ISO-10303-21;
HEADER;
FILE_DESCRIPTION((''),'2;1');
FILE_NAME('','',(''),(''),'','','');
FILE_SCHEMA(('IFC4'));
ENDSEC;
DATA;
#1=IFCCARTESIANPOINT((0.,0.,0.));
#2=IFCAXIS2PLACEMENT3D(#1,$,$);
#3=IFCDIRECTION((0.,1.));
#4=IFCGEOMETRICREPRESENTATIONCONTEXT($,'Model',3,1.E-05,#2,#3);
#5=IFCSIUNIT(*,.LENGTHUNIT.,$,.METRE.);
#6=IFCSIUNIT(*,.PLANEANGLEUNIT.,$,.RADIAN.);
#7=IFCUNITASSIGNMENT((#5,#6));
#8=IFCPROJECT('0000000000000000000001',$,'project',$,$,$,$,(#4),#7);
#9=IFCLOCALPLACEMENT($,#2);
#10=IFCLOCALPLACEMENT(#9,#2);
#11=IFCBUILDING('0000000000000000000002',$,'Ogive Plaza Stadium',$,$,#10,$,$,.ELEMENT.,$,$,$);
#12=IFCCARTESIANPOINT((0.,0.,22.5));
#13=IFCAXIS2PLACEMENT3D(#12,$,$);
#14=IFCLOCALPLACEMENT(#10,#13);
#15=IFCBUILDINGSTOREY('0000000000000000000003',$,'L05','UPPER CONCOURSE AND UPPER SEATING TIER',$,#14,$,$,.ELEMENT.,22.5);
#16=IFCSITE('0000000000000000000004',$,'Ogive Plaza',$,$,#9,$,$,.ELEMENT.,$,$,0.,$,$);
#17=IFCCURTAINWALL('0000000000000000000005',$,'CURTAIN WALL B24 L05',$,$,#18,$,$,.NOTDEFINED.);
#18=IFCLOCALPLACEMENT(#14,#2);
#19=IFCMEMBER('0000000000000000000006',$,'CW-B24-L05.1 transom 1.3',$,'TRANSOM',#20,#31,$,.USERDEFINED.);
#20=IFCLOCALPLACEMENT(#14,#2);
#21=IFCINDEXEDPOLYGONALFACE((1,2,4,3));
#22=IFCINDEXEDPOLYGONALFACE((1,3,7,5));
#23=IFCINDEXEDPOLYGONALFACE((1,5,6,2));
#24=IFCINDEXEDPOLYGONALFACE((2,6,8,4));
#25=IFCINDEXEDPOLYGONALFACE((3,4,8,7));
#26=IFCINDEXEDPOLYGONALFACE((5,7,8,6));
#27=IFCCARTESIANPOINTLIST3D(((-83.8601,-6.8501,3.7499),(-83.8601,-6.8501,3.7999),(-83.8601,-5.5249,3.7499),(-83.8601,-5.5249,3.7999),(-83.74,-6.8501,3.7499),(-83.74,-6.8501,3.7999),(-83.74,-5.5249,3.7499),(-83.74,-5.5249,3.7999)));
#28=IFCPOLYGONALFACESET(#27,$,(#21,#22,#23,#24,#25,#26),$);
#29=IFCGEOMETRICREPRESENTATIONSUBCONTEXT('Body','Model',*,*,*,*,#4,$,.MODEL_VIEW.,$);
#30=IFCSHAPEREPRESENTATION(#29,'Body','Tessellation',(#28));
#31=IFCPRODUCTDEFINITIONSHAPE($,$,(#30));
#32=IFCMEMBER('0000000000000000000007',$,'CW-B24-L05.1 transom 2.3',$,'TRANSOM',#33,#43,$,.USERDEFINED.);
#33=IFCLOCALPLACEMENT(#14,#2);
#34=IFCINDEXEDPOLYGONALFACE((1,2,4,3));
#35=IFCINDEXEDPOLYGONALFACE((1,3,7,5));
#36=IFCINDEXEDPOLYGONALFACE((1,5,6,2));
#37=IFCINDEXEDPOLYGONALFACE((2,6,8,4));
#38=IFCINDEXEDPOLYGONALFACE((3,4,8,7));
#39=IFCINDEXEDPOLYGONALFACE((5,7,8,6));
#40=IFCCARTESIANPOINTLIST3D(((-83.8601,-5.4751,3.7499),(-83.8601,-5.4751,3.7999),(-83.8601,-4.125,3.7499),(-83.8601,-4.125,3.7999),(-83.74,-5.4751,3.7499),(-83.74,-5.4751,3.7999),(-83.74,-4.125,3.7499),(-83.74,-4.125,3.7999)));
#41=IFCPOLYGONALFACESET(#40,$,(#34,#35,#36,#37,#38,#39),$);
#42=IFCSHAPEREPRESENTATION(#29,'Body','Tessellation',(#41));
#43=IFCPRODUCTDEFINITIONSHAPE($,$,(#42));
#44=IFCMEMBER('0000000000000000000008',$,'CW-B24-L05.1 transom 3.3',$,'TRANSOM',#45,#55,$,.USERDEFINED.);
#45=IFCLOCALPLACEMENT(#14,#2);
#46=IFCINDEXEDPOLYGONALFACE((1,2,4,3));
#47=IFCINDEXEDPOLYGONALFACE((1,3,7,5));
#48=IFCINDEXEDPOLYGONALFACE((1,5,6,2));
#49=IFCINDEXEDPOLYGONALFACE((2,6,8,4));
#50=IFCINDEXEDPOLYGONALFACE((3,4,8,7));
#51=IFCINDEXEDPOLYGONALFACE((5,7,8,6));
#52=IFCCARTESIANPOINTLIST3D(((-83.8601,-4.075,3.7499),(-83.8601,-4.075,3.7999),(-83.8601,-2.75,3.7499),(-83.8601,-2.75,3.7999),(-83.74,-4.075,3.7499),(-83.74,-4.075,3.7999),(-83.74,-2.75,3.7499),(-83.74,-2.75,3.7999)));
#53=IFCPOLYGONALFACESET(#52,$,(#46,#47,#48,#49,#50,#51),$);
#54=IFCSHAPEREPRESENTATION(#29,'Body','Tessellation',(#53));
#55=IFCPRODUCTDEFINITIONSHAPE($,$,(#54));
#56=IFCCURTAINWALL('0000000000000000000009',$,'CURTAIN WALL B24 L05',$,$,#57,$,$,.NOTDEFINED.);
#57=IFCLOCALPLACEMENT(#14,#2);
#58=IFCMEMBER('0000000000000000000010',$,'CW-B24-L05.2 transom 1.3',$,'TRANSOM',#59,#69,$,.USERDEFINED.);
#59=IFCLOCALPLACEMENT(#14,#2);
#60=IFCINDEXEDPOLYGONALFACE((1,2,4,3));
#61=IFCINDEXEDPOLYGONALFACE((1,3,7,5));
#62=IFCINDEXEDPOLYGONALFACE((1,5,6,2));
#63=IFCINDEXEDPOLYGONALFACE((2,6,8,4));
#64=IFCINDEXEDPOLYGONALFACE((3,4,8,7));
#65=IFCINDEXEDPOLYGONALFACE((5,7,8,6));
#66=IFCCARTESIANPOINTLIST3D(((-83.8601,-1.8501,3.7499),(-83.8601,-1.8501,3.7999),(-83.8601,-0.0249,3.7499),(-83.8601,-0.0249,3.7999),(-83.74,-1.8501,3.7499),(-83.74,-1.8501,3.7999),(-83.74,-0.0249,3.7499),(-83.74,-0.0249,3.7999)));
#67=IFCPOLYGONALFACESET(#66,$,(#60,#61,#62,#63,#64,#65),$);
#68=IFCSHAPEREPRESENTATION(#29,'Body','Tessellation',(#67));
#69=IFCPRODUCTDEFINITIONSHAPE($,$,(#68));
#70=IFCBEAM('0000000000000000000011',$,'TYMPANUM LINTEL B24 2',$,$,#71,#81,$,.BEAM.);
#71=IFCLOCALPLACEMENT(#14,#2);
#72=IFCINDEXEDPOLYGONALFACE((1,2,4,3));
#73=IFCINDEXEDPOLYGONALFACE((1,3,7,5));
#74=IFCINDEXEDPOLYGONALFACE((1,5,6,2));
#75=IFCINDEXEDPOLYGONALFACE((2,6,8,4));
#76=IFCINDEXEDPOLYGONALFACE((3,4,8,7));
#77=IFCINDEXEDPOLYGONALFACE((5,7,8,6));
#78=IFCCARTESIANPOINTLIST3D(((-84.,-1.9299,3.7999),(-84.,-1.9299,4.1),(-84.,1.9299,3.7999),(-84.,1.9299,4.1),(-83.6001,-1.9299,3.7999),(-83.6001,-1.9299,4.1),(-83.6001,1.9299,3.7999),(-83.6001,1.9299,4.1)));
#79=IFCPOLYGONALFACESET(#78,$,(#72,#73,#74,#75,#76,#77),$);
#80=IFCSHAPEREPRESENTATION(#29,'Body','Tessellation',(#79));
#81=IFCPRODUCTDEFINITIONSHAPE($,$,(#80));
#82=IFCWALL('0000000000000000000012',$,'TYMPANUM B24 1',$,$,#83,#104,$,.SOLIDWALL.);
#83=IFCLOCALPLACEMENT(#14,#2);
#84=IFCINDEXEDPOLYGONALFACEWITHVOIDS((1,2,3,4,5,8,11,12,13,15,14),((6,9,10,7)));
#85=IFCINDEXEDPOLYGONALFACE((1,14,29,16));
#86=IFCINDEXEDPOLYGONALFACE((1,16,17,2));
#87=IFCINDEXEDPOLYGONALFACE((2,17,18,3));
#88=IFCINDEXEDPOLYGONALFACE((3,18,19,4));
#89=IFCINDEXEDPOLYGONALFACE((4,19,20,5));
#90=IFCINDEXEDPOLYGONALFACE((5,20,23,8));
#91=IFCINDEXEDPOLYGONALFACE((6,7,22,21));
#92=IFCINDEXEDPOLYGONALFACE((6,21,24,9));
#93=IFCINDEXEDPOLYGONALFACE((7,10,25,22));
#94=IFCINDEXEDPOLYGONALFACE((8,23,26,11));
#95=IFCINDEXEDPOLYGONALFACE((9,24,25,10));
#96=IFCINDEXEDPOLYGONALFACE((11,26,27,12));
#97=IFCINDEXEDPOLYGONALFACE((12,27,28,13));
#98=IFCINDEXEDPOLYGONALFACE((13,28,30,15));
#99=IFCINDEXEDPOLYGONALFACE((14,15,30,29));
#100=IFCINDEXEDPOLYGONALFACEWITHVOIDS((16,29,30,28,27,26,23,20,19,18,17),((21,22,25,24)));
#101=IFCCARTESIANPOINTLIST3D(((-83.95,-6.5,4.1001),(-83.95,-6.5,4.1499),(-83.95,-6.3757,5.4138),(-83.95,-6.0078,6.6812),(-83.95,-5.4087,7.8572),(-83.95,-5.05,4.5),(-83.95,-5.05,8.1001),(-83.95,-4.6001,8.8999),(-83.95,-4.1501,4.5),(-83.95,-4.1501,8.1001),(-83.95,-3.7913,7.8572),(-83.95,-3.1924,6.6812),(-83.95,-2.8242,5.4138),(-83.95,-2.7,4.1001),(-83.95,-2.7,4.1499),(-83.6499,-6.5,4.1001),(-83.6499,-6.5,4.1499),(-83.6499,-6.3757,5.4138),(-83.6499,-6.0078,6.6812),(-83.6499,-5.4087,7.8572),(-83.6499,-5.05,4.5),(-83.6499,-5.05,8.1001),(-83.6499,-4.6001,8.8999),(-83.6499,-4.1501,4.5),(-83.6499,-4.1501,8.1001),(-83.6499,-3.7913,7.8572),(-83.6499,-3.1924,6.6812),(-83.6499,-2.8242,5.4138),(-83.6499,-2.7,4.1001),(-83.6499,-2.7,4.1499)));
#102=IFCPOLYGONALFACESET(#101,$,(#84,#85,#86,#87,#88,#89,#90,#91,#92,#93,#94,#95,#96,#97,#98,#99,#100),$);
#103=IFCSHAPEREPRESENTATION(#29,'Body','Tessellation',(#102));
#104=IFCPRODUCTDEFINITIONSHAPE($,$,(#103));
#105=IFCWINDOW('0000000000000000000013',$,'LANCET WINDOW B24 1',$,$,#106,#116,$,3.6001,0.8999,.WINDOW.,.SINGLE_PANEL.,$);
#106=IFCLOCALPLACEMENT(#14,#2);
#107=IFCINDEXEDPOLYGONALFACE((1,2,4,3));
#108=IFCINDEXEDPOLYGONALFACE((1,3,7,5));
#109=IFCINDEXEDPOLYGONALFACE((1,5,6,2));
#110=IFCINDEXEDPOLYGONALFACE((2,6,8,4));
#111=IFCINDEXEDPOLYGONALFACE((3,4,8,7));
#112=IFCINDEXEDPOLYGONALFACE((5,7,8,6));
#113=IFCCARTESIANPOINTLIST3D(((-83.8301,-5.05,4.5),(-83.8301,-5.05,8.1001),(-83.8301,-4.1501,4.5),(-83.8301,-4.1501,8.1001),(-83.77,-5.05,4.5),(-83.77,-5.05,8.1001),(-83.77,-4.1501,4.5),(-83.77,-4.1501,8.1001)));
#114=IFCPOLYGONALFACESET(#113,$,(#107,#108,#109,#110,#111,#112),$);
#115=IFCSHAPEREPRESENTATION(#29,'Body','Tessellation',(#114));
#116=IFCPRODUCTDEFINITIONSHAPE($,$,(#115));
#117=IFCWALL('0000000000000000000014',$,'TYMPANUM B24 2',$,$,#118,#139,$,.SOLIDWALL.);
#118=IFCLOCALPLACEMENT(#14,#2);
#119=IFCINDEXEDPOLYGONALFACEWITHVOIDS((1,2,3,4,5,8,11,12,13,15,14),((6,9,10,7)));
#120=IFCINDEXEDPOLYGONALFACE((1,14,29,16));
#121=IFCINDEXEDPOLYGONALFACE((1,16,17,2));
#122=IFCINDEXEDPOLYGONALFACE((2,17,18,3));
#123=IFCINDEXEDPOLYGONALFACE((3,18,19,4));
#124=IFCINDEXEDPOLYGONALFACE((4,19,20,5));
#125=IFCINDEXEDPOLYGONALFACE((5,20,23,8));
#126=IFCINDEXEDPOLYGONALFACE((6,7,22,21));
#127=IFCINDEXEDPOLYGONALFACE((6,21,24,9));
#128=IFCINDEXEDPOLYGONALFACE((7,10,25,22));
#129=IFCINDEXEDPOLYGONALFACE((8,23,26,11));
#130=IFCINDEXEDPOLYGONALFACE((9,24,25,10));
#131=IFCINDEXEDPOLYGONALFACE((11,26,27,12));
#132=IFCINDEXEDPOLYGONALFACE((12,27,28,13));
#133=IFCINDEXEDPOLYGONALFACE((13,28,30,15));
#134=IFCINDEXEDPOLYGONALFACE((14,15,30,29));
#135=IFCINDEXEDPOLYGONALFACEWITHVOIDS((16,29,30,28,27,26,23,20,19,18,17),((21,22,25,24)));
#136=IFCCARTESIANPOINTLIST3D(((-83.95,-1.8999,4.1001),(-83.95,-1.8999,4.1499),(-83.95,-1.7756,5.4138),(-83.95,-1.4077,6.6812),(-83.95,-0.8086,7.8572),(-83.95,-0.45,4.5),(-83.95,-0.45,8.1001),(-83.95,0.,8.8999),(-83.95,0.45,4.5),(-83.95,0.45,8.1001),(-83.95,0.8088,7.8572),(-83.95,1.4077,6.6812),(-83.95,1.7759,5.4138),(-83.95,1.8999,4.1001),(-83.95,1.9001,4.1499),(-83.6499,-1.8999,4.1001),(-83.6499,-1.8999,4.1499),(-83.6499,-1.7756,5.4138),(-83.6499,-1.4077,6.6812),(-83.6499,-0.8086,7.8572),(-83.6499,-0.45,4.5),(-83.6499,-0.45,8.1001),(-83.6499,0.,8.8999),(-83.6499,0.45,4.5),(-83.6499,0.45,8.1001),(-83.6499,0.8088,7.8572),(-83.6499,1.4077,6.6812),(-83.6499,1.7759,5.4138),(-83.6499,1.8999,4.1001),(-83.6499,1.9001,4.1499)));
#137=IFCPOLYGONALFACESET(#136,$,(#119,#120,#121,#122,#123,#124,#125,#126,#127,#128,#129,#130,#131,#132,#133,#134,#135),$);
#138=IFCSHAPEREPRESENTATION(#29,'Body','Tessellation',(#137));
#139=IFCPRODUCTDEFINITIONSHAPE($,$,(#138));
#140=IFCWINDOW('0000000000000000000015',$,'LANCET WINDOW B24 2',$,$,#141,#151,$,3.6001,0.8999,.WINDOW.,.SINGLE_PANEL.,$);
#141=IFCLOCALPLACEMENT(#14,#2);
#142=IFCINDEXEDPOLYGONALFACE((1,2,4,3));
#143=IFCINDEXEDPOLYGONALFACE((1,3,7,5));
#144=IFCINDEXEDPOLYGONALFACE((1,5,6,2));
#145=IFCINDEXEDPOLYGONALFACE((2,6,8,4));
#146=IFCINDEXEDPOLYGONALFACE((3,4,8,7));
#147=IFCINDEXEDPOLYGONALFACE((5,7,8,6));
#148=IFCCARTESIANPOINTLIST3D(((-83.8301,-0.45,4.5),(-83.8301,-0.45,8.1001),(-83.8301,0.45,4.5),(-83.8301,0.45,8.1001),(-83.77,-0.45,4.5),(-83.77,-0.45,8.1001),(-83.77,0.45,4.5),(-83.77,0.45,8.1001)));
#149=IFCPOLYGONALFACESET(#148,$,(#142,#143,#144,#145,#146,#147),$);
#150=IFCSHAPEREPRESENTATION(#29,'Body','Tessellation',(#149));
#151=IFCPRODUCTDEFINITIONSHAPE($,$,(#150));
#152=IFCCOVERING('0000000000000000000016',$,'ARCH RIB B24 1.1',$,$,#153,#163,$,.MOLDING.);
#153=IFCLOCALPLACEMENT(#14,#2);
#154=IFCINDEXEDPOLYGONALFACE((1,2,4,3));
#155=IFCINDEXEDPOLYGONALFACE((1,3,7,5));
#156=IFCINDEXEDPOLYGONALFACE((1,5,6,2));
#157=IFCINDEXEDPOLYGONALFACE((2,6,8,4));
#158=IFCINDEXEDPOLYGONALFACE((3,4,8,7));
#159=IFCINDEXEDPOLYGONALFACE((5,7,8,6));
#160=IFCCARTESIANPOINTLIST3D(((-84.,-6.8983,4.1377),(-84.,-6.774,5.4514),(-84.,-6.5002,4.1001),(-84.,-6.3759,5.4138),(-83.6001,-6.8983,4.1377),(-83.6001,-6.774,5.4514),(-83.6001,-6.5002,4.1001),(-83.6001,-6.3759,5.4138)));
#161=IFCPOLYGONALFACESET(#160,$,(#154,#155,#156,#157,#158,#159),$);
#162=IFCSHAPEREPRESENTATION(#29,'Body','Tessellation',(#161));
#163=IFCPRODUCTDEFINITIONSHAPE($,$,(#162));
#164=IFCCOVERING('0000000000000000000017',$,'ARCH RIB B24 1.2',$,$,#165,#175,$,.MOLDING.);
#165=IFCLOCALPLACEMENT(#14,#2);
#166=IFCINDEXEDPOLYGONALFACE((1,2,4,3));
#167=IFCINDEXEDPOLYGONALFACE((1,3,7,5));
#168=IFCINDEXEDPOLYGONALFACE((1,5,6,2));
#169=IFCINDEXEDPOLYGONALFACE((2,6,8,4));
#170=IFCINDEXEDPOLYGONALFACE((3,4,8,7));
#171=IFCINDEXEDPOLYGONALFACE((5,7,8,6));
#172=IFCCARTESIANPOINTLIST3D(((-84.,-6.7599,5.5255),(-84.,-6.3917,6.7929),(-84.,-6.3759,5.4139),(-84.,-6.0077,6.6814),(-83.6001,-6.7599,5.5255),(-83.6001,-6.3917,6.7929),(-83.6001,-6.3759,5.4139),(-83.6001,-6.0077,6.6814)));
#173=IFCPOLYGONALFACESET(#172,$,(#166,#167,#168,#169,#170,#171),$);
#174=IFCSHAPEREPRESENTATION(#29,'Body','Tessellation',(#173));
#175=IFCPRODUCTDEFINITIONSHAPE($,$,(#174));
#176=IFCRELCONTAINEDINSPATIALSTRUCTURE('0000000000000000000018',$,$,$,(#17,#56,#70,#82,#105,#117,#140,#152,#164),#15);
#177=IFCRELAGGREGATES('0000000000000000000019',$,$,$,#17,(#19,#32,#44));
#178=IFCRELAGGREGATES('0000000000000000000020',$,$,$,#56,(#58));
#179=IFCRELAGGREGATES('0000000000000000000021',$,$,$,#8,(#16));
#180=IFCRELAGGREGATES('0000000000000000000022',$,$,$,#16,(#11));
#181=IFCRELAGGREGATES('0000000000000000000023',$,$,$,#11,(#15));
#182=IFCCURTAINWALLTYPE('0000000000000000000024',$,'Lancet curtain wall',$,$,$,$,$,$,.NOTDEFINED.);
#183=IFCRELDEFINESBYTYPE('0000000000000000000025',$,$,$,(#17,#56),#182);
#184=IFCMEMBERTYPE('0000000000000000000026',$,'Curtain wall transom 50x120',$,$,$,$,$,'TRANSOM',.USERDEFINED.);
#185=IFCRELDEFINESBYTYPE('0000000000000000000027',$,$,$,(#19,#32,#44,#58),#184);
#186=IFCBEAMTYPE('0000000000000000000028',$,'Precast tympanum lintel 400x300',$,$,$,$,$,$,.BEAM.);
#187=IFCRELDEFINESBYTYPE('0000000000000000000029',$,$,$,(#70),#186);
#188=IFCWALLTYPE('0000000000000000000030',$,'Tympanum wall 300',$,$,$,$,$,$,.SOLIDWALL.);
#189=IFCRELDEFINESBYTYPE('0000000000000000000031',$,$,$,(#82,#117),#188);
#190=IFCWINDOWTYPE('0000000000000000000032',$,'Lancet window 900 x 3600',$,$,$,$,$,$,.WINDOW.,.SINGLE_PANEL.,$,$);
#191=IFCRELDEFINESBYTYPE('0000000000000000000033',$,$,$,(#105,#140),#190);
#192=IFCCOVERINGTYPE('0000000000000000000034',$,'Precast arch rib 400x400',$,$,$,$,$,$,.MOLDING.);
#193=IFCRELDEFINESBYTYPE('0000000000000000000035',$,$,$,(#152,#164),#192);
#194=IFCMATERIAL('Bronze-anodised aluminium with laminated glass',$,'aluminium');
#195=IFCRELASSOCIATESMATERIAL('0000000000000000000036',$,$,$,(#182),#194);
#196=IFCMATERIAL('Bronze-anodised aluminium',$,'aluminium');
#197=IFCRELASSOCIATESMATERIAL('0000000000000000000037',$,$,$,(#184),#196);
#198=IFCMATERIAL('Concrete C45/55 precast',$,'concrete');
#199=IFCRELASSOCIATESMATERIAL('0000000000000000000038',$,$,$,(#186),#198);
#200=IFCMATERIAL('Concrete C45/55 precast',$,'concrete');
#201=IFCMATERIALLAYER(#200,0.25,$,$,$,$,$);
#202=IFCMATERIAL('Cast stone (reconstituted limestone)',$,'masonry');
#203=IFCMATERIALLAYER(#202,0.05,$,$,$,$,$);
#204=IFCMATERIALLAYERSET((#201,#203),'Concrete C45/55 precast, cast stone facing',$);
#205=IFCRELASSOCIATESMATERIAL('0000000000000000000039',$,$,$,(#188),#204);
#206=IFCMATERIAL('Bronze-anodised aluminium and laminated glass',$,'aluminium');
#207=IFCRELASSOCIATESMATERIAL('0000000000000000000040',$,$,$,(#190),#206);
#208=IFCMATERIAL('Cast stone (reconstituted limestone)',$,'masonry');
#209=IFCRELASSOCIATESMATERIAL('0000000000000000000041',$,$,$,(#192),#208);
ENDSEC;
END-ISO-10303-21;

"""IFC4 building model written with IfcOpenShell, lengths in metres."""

from ifc_helpers import new_model, si_unit, direction, frame, frame_2d, origin, origin_2d, place, context, subcontext, project, spatial, polyline, rectangle, outline, extrude, material, layer, layer_set, material_profile, profile_set, type_object, element, fill, aggregate, save


model = new_model("IFC4")

# Units and contexts
model_context = context("Model", 3, precision=1e-05, world=origin(), true_north=direction((0.0, 1.0)))
body_context = subcontext(model_context, "Body", "Model", "MODEL_VIEW")
ifc_project = project(units=[si_unit("LENGTHUNIT", "METRE"), si_unit("PLANEANGLEUNIT", "RADIAN")], contexts=[model_context])

# Site, building, storey
site_placement = place(None, origin())
site = spatial("IfcSite", under=ifc_project, at=site_placement, Name="Ogive Plaza", CompositionType="ELEMENT", RefElevation=0.0)
building_placement = place(site_placement, origin())
building = spatial("IfcBuilding", under=site, at=building_placement, Name="Ogive Plaza Stadium", CompositionType="ELEMENT")
storey_placement = place(building_placement, frame((0.0, 0.0, 22.5)))
storey = spatial("IfcBuildingStorey", under=building, at=storey_placement, Name="L05", Description="UPPER CONCOURSE AND UPPER SEATING TIER", CompositionType="ELEMENT", Elevation=22.5)

# Curtain wall, members
ifc_material_1 = material(Name="Bronze-anodised aluminium with laminated glass", Category="aluminium")
curtain_wall_type = type_object("IfcCurtainWallType", Name="Lancet curtain wall", PredefinedType="NOTDEFINED", material=ifc_material_1)
curtain_wall_1_placement = place(storey_placement, origin())
curtain_wall_1 = element("IfcCurtainWall", 1, at=curtain_wall_1_placement, inside=storey, type_object=curtain_wall_type, Name="CURTAIN WALL B24 L05", PredefinedType="NOTDEFINED")
ifc_material_2 = material(Name="Bronze-anodised aluminium", Category="aluminium")
ifc_material_profile_1 = material_profile(ifc_material_2, rectangle(XDim=0.1201, YDim=0.05, at=origin_2d()), Name="AL 120x50")
ifc_profile_set_1 = profile_set([ifc_material_profile_1], Name="Bronze-anodised aluminium")
member_type = type_object("IfcMemberType", Name="Curtain wall transom 50x120", ElementType="TRANSOM", PredefinedType="USERDEFINED", material=ifc_profile_set_1)
member_1_placement = place(storey_placement, frame((-83.8, -6.8501, 3.7749), z_axis=(0.0, 1.0, 0.0), x_axis=(-1.0, 0.0, 0.0)))
member_1 = element("IfcMember", 2, at=member_1_placement, type_object=member_type, Name="CW-B24-L05.1 transom 1.3", ObjectType="TRANSOM", PredefinedType="USERDEFINED", context=body_context, shape_type="SweptSolid", body=[
    extrude(rectangle(XDim=0.1201, YDim=0.05, at=origin_2d()), origin(), (0.0, 0.0, 1.0), 1.3252),
])
member_2_placement = place(storey_placement, frame((-83.8, -5.4751, 3.7749), z_axis=(0.0, 1.0, 0.0), x_axis=(-1.0, 0.0, 0.0)))
member_2 = element("IfcMember", 3, at=member_2_placement, type_object=member_type, Name="CW-B24-L05.1 transom 2.3", ObjectType="TRANSOM", PredefinedType="USERDEFINED", context=body_context, shape_type="SweptSolid", body=[
    extrude(rectangle(XDim=0.1201, YDim=0.05, at=origin_2d()), origin(), (0.0, 0.0, 1.0), 1.3501),
])
member_3_placement = place(storey_placement, frame((-83.8, -4.075, 3.7749), z_axis=(0.0, 1.0, 0.0), x_axis=(-1.0, 0.0, 0.0)))
member_3 = element("IfcMember", 4, at=member_3_placement, type_object=member_type, Name="CW-B24-L05.1 transom 3.3", ObjectType="TRANSOM", PredefinedType="USERDEFINED", context=body_context, shape_type="SweptSolid", body=[
    extrude(rectangle(XDim=0.1201, YDim=0.05, at=origin_2d()), origin(), (0.0, 0.0, 1.0), 1.325),
])
aggregate(curtain_wall_1, [member_1, member_2, member_3])

# Curtain wall, member
curtain_wall_2_placement = place(storey_placement, origin())
curtain_wall_2 = element("IfcCurtainWall", 5, at=curtain_wall_2_placement, inside=storey, type_object=curtain_wall_type, Name="CURTAIN WALL B24 L05", PredefinedType="NOTDEFINED")
member_4_placement = place(storey_placement, frame((-83.8, -1.8501, 3.7749), z_axis=(0.0, 1.0, 0.0), x_axis=(-1.0, 0.0, 0.0)))
member_4 = element("IfcMember", 6, at=member_4_placement, type_object=member_type, Name="CW-B24-L05.2 transom 1.3", ObjectType="TRANSOM", PredefinedType="USERDEFINED", context=body_context, shape_type="SweptSolid", body=[
    extrude(rectangle(XDim=0.1201, YDim=0.05, at=origin_2d()), origin(), (0.0, 0.0, 1.0), 1.8252),
])
aggregate(curtain_wall_2, [member_4])

# Beam
ifc_material_3 = material(Name="Concrete C45/55 precast", Category="concrete")
ifc_material_profile_2 = material_profile(ifc_material_3, rectangle(XDim=0.3999, YDim=0.3, at=origin_2d()), Name="RC 400x300")
ifc_profile_set_2 = profile_set([ifc_material_profile_2], Name="Concrete C45/55 precast")
beam_type = type_object("IfcBeamType", Name="Precast tympanum lintel 400x300", PredefinedType="BEAM", material=ifc_profile_set_2)
beam_placement = place(storey_placement, frame((-83.8, -1.9299, 3.95), z_axis=(0.0, 1.0, 0.0), x_axis=(-1.0, 0.0, 0.0)))
element("IfcBeam", 7, at=beam_placement, inside=storey, type_object=beam_type, Name="TYMPANUM LINTEL B24 2", PredefinedType="BEAM", context=body_context, shape_type="SweptSolid", body=[
    extrude(rectangle(XDim=0.3999, YDim=0.3, at=origin_2d()), origin(), (0.0, 0.0, 1.0), 3.8599),
])

# Walls, openings, windows
ifc_material_4 = material(Name="Concrete C45/55 precast", Category="concrete")
ifc_layer_1 = layer(ifc_material_4, 0.25)
ifc_material_5 = material(Name="Cast stone (reconstituted limestone)", Category="masonry")
ifc_layer_2 = layer(ifc_material_5, 0.05)
ifc_layer_set = layer_set([ifc_layer_1, ifc_layer_2], Name="Concrete C45/55 precast, cast stone facing")
wall_type = type_object("IfcWallType", Name="Tympanum wall 300", PredefinedType="SOLIDWALL", material=ifc_layer_set)
wall_1_placement = place(storey_placement, frame((-83.8, -6.5, 4.1001), z_axis=(0.0, 0.0, 1.0), x_axis=(0.0, 1.0, 0.0)))
wall_1 = element("IfcWall", 8, at=wall_1_placement, inside=storey, type_object=wall_type, Name="TYMPANUM B24 1", PredefinedType="SOLIDWALL", context=body_context, shape_type="SweptSolid", body=[
    extrude(outline(polyline([(0.0, 0.0), (3.8, 0.0), (3.8, 0.0498), (3.6758, 1.3137), (3.3076, 2.5811), (2.7087, 3.7571), (1.8999, 4.7998), (1.0913, 3.7571), (0.4922, 2.5811), (0.1243, 1.3137), (0.0, 0.0498), (0.0, 0.0)])), frame((0.0, 0.1499, 0.0), z_axis=(0.0, -1.0, 0.0), x_axis=(1.0, 0.0, 0.0)), (0.0, 0.0, 1.0), 0.3),
])
opening_1_placement = place(wall_1_placement, frame((1.45, 0.0, 0.3999)))
opening_1 = element("IfcOpeningElement", 9, at=opening_1_placement, cuts=wall_1, PredefinedType="OPENING", context=body_context, shape_type="SweptSolid", body=[
    extrude(rectangle(XDim=0.8999, YDim=3.6001, at=frame_2d((0.45, 1.8))), frame((0.0, 0.1602, 0.0), z_axis=(0.0, -1.0, 0.0), x_axis=(1.0, 0.0, 0.0)), (0.0, 0.0, 1.0), 0.3201),
])
ifc_material_6 = material(Name="Bronze-anodised aluminium and laminated glass", Category="aluminium")
window_type = type_object("IfcWindowType", Name="Lancet window 900 x 3600", PartitioningType="SINGLE_PANEL", PredefinedType="WINDOW", material=ifc_material_6)
window_1_placement = place(opening_1_placement, origin())
window_1 = element("IfcWindow", 10, at=window_1_placement, inside=storey, type_object=window_type, Name="LANCET WINDOW B24 1", OverallHeight=3.6001, OverallWidth=0.8999, PartitioningType="SINGLE_PANEL", PredefinedType="WINDOW", context=body_context, shape_type="SweptSolid", body=[
    extrude(rectangle(XDim=0.8999, YDim=3.6001, at=frame_2d((0.45, 1.8))), frame((0.0, 0.03, 0.0), z_axis=(0.0, -1.0, 0.0), x_axis=(1.0, 0.0, 0.0)), (0.0, 0.0, 1.0), 0.0601),
])
fill(opening_1, window_1)
wall_2_placement = place(storey_placement, frame((-83.8, -1.8999, 4.1001), z_axis=(0.0, 0.0, 1.0), x_axis=(0.0, 1.0, 0.0)))
wall_2 = element("IfcWall", 11, at=wall_2_placement, inside=storey, type_object=wall_type, Name="TYMPANUM B24 2", PredefinedType="SOLIDWALL", context=body_context, shape_type="SweptSolid", body=[
    extrude(outline(polyline([(0.0, 0.0), (3.7998, 0.0), (3.8, 0.0498), (3.6758, 1.3137), (3.3076, 2.5811), (2.7087, 3.7571), (1.8999, 4.7998), (1.0913, 3.7571), (0.4922, 2.5811), (0.1243, 1.3137), (0.0, 0.0498), (0.0, 0.0)])), frame((0.0, 0.1499, 0.0), z_axis=(0.0, -1.0, 0.0), x_axis=(1.0, 0.0, 0.0)), (0.0, 0.0, 1.0), 0.3),
])
opening_2_placement = place(wall_2_placement, frame((1.45, 0.0, 0.3999)))
opening_2 = element("IfcOpeningElement", 12, at=opening_2_placement, cuts=wall_2, PredefinedType="OPENING", context=body_context, shape_type="SweptSolid", body=[
    extrude(rectangle(XDim=0.8999, YDim=3.6001, at=frame_2d((0.45, 1.8))), frame((0.0, 0.1602, 0.0), z_axis=(0.0, -1.0, 0.0), x_axis=(1.0, 0.0, 0.0)), (0.0, 0.0, 1.0), 0.3201),
])
window_2_placement = place(opening_2_placement, origin())
window_2 = element("IfcWindow", 13, at=window_2_placement, inside=storey, type_object=window_type, Name="LANCET WINDOW B24 2", OverallHeight=3.6001, OverallWidth=0.8999, PartitioningType="SINGLE_PANEL", PredefinedType="WINDOW", context=body_context, shape_type="SweptSolid", body=[
    extrude(rectangle(XDim=0.8999, YDim=3.6001, at=frame_2d((0.45, 1.8))), frame((0.0, 0.03, 0.0), z_axis=(0.0, -1.0, 0.0), x_axis=(1.0, 0.0, 0.0)), (0.0, 0.0, 1.0), 0.0601),
])
fill(opening_2, window_2)

# Coverings
ifc_material_7 = material(Name="Cast stone (reconstituted limestone)", Category="masonry")
ifc_material_profile_3 = material_profile(ifc_material_7, rectangle(XDim=0.3999, YDim=0.3999, at=origin_2d()), Name="Cast stone 400x400")
ifc_profile_set_3 = profile_set([ifc_material_profile_3], Name="Cast stone (reconstituted limestone)")
covering_type = type_object("IfcCoveringType", Name="Precast arch rib 400x400", PredefinedType="MOLDING", material=ifc_profile_set_3)
covering_1_placement = place(storey_placement, frame((-83.8, -6.6992, 4.1189), z_axis=(0.0, 0.094172, 0.995556), x_axis=(-1.0, 0.0, 0.0)))
element("IfcCovering", 14, at=covering_1_placement, inside=storey, type_object=covering_type, Name="ARCH RIB B24 1.1", PredefinedType="MOLDING", context=body_context, shape_type="SweptSolid", body=[
    extrude(rectangle(XDim=0.3999, YDim=0.3999, at=origin_2d()), origin(), (0.0, 0.0, 1.0), 1.3196),
])
for number, where, z_axis, x_axis, name in (
    (15, (-83.8, -6.5679, 5.4697), (0.0, 0.27897, 0.9603), (-1.0, 0.0, 0.0), "ARCH RIB B24 1.2"),
):
    element("IfcCovering", number, at=place(storey_placement, frame(where, z_axis=z_axis, x_axis=x_axis)), inside=storey, type_object=covering_type, Name=name, PredefinedType="MOLDING", context=body_context, shape_type="SweptSolid", body=[
        extrude(rectangle(XDim=0.3999, YDim=0.3999, at=origin_2d()), origin(), (0.0, 0.0, 1.0), 1.3198),
    ])

save(model, "model.ifc")
